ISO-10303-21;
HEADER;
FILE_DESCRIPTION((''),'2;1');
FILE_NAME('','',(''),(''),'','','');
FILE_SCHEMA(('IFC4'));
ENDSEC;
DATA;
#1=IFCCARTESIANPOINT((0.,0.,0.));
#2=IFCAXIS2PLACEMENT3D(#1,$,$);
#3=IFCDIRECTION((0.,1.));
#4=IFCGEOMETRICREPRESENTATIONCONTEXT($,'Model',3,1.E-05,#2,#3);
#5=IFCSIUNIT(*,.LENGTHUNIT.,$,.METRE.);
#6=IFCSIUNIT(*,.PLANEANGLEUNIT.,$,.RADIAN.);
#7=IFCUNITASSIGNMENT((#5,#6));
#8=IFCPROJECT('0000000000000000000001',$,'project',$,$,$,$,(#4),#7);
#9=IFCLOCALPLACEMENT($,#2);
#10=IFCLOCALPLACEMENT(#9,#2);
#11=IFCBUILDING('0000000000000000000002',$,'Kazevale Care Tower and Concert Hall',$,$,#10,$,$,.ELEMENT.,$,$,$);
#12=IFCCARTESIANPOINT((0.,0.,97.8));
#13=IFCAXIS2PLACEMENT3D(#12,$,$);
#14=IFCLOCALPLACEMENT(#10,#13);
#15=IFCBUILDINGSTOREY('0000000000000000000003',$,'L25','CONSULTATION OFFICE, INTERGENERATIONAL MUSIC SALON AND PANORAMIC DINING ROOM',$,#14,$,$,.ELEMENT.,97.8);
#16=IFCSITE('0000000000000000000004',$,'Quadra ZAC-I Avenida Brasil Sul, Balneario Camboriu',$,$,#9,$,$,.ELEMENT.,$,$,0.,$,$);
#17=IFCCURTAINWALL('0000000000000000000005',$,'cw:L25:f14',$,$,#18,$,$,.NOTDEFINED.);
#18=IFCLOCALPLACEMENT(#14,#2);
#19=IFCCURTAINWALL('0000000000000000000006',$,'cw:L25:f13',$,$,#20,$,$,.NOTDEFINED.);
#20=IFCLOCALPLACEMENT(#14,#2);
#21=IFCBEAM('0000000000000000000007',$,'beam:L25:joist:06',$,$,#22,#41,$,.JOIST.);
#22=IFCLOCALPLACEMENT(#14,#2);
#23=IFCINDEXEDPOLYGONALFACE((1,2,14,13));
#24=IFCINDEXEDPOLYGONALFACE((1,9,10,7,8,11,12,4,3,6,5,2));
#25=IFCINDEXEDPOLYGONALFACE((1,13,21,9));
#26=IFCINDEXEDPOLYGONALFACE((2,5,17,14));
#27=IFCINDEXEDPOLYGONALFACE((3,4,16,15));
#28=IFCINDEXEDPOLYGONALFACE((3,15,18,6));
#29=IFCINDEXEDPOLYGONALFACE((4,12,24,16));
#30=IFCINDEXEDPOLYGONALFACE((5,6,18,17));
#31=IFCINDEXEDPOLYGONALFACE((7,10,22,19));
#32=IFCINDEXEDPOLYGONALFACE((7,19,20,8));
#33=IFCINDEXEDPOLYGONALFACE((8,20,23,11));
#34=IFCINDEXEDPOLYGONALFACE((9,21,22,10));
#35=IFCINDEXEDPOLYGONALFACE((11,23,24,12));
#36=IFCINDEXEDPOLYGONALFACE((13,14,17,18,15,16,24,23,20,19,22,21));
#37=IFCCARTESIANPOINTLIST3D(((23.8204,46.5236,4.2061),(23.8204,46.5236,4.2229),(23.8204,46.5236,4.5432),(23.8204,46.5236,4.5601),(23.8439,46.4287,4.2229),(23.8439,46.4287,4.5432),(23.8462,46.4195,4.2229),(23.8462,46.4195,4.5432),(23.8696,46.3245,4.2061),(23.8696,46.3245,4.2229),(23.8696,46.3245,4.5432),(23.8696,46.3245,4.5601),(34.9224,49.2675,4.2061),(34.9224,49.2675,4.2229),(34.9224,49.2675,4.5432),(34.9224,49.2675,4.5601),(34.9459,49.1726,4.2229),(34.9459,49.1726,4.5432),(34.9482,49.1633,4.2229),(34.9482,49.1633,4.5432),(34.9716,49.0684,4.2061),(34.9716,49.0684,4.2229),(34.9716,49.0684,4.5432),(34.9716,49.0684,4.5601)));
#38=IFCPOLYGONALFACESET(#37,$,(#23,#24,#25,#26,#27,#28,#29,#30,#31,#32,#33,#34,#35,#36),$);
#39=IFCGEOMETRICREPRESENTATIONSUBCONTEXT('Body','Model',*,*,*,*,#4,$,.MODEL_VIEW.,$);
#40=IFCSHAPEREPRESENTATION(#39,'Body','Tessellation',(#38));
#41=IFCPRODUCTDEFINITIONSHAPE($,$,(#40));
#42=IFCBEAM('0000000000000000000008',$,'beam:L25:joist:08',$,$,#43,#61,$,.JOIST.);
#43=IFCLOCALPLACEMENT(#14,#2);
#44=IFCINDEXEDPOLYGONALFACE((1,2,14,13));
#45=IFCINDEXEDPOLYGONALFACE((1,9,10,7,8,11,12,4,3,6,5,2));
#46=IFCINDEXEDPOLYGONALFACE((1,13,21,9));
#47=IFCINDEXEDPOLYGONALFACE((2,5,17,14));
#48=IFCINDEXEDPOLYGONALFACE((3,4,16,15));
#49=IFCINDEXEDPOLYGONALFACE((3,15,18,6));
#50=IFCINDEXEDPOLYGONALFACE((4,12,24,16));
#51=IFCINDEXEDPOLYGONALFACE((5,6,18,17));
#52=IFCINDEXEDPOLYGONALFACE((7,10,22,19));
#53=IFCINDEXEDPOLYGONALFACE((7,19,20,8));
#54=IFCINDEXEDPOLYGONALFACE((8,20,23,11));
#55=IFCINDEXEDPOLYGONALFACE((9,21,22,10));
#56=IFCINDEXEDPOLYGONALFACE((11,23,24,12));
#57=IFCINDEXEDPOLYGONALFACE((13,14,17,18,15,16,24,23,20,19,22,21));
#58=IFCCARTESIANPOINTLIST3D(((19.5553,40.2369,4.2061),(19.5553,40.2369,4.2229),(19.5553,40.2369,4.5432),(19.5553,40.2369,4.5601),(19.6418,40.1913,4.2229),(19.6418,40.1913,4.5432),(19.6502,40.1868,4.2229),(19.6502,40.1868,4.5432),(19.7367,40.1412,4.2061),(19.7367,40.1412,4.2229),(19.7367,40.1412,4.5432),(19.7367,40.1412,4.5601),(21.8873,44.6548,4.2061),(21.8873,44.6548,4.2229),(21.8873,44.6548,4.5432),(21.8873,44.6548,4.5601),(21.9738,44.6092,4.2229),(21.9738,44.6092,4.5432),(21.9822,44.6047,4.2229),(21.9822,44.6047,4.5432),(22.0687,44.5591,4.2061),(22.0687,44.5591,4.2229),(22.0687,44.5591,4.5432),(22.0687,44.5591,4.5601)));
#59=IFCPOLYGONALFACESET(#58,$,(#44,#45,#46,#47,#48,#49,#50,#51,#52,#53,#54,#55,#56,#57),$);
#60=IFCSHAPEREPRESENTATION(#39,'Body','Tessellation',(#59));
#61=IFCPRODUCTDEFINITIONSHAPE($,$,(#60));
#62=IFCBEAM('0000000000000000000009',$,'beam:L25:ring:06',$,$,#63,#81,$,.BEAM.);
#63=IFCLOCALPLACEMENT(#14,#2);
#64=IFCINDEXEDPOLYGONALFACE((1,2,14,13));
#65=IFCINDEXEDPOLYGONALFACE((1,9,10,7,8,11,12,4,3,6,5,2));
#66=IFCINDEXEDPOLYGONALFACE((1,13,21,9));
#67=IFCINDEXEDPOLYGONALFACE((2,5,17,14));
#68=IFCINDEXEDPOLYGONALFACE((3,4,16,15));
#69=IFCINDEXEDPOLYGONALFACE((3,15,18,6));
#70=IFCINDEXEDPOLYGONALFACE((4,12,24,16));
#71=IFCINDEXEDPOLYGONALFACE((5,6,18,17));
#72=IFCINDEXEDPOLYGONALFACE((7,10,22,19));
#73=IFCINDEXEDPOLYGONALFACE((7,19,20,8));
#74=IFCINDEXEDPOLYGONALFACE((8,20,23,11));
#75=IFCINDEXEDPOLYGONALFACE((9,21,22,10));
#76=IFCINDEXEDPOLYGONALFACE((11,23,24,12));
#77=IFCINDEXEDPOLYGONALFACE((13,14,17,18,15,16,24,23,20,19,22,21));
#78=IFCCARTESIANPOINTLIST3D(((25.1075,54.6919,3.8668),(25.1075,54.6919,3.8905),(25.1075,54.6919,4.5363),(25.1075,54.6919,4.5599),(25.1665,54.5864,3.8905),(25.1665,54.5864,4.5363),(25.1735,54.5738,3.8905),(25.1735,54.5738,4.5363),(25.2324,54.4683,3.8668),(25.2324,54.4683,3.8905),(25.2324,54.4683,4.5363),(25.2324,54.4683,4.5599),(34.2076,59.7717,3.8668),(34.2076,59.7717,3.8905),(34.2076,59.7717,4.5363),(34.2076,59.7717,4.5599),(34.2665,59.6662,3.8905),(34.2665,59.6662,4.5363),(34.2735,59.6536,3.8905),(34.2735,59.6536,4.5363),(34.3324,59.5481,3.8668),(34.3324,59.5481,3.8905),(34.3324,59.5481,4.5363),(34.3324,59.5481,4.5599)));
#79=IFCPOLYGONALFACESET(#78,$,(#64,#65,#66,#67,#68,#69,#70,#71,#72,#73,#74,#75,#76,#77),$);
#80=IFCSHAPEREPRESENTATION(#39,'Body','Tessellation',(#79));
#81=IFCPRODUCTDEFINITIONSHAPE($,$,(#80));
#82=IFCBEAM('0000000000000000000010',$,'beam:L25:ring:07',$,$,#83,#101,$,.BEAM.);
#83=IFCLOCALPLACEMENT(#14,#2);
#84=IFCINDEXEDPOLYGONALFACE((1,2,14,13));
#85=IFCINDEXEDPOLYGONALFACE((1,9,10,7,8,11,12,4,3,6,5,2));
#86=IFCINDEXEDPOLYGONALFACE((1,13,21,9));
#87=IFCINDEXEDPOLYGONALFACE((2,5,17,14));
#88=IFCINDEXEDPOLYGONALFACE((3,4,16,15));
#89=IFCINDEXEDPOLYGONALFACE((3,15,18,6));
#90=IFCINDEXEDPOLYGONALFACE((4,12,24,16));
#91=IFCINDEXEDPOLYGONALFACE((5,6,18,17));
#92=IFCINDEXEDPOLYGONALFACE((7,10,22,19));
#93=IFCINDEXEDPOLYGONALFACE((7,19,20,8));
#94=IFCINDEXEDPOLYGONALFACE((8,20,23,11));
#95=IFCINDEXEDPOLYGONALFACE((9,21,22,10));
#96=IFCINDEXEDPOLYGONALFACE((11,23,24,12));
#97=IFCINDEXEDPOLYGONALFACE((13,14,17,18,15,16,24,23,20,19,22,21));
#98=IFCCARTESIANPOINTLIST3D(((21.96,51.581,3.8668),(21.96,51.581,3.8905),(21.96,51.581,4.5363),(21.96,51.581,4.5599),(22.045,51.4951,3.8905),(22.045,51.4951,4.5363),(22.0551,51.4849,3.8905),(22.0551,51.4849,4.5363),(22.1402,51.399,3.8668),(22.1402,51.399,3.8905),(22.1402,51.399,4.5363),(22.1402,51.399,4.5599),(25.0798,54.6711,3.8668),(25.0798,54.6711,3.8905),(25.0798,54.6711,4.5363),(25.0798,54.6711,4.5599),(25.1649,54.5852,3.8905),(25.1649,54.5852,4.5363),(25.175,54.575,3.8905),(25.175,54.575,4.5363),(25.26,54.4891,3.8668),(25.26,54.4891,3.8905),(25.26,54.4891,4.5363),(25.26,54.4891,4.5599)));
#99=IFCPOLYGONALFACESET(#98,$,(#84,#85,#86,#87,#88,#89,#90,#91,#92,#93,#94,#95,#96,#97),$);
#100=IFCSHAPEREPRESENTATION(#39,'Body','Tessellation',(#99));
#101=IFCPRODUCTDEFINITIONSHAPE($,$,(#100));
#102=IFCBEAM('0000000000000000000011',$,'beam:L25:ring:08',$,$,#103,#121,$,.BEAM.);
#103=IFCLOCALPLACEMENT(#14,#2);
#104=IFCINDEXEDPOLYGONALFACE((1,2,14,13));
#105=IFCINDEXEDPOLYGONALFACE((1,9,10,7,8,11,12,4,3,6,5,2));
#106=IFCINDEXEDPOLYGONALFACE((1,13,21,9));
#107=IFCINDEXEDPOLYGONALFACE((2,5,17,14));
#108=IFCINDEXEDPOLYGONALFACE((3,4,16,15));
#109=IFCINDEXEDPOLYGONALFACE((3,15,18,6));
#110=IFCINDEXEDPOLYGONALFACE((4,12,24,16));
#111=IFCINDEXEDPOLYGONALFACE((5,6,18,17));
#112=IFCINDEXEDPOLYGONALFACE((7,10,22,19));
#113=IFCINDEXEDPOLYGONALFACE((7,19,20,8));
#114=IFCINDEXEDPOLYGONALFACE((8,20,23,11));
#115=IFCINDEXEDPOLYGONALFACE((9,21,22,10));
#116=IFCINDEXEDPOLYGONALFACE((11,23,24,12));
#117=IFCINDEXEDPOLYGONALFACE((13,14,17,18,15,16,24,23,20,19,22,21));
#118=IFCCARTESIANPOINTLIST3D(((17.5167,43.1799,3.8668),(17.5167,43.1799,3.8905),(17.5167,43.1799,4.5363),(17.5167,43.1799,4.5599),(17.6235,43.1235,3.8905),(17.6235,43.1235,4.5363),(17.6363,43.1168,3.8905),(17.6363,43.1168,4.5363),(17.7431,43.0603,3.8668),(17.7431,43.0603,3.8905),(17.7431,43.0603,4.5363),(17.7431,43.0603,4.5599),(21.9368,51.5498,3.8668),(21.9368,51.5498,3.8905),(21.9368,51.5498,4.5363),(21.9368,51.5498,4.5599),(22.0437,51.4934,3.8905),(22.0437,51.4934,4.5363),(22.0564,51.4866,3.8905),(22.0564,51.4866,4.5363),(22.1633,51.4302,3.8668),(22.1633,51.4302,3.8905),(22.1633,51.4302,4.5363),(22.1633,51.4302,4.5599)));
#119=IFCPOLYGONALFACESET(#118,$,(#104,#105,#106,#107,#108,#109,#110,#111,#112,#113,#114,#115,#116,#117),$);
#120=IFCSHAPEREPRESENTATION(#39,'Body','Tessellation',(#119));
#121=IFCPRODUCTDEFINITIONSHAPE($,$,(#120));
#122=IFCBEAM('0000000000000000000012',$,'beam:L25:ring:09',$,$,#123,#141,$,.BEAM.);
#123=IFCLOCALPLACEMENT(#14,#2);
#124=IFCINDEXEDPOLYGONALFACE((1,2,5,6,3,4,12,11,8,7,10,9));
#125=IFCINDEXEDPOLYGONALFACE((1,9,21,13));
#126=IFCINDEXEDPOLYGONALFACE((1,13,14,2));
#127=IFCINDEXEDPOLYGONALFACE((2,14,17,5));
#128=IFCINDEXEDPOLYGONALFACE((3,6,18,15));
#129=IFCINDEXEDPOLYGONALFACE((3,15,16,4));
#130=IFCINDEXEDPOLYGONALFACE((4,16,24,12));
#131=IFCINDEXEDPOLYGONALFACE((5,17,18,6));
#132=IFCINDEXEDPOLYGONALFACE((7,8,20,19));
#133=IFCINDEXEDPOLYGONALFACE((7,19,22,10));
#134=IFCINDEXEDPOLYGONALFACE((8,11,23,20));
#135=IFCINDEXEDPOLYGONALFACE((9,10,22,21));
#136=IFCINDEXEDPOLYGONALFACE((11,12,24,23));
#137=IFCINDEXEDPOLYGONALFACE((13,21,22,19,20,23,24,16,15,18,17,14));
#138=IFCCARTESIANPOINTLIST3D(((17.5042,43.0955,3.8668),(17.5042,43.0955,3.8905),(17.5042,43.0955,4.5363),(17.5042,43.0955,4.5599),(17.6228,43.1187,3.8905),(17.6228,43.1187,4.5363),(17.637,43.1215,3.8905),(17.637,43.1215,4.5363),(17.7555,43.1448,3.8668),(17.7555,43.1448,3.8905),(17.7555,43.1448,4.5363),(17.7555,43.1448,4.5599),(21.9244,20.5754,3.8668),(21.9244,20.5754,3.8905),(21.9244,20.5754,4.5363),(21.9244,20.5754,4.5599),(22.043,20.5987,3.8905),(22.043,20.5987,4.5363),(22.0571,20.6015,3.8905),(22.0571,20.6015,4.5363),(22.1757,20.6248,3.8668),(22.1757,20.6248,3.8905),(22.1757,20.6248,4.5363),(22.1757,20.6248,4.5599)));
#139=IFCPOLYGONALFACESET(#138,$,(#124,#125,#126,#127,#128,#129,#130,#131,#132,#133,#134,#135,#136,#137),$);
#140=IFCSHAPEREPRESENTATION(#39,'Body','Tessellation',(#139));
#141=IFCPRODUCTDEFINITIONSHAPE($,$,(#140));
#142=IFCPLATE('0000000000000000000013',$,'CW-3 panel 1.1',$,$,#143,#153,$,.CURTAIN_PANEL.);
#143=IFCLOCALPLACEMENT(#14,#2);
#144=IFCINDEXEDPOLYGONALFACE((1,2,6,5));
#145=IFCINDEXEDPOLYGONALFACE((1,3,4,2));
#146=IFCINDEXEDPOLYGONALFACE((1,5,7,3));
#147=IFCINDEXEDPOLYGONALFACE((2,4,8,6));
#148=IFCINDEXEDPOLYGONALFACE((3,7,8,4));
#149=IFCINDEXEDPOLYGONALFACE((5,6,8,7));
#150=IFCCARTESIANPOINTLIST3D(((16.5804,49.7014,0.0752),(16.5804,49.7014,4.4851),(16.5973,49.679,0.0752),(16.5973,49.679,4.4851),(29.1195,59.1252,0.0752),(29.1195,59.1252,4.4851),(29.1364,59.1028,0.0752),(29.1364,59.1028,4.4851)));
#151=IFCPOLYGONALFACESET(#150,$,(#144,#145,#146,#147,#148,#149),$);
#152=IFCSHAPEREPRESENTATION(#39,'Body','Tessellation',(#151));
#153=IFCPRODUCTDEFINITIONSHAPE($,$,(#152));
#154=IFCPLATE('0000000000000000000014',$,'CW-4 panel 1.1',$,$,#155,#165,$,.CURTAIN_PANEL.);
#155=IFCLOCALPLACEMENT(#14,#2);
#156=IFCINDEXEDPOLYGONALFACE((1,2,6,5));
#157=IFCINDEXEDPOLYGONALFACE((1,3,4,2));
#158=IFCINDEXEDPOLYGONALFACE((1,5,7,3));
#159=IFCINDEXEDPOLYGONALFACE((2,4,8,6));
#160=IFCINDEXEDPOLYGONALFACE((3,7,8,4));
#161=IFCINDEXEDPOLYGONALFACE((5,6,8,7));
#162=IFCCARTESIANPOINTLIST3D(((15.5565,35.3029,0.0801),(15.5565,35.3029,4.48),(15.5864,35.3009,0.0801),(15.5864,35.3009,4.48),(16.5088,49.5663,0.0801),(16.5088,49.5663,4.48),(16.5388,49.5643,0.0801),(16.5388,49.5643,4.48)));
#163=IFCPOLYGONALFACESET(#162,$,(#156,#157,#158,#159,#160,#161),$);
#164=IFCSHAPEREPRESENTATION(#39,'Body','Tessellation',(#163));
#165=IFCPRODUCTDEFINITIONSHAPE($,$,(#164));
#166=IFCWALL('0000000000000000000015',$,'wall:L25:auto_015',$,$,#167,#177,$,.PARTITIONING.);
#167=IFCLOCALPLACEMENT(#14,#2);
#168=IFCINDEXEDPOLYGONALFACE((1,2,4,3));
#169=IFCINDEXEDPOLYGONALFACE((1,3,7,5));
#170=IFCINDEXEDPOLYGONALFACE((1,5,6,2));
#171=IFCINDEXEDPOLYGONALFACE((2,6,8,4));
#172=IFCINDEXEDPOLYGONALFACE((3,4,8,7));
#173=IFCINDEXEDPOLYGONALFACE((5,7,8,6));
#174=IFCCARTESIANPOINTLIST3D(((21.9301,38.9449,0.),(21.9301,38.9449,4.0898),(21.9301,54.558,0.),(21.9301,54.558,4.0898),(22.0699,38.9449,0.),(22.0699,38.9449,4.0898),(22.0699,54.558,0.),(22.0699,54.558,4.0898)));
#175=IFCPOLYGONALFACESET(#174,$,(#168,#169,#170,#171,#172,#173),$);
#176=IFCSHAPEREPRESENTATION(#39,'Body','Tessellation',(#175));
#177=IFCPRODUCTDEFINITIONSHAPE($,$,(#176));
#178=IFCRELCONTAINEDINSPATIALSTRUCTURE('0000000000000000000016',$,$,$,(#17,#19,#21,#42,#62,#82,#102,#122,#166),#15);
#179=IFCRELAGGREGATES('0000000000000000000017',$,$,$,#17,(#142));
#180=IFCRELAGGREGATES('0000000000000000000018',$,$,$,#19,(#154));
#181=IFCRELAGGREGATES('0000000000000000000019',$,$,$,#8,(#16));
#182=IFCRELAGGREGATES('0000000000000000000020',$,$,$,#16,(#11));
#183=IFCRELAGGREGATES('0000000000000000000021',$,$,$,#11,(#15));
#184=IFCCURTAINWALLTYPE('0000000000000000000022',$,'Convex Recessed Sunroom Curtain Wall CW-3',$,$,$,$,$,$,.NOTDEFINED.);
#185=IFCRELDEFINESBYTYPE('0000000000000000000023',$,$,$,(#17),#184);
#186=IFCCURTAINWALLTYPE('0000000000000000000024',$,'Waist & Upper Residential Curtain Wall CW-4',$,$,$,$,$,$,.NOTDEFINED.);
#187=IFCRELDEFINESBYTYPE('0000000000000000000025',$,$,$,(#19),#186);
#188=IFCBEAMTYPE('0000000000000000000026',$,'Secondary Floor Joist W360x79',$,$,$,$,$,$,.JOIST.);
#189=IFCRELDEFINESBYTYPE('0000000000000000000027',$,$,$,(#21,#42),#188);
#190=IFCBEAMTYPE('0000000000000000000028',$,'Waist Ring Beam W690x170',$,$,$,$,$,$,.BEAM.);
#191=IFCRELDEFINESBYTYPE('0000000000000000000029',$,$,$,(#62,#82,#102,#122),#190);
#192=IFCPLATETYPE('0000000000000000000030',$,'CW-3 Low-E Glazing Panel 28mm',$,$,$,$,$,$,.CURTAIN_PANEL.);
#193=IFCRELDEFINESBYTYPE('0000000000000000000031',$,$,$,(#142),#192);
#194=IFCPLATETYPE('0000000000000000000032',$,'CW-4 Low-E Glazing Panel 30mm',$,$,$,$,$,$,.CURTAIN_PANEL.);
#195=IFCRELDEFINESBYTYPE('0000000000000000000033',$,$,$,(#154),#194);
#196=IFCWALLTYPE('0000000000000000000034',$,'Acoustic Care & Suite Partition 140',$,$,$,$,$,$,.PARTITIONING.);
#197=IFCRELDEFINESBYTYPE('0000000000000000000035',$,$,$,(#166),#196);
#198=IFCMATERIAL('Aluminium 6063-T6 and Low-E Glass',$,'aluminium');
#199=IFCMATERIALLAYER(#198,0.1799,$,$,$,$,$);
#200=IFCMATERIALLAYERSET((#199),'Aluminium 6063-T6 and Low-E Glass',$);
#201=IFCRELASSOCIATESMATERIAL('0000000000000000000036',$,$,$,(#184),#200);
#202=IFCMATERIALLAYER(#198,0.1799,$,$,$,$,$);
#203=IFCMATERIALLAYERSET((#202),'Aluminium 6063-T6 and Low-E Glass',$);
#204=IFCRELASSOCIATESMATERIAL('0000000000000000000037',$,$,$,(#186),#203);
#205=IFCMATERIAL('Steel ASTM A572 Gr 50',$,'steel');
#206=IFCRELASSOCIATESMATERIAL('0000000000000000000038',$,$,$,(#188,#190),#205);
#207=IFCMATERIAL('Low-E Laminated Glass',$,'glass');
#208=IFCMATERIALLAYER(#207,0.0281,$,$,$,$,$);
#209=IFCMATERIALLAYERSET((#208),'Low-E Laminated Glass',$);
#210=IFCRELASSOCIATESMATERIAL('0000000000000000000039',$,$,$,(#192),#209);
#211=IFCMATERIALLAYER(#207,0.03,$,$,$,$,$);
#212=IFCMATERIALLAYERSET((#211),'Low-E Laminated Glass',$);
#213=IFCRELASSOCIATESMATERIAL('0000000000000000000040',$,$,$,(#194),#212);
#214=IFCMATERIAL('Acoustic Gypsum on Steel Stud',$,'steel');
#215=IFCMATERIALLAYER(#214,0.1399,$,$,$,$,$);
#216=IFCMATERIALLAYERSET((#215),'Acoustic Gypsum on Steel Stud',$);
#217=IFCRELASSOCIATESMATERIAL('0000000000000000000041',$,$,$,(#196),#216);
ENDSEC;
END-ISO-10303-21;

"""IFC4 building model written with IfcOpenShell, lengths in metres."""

from ifc_helpers import new_model, si_unit, direction, frame, frame_2d, origin, origin_2d, place, context, subcontext, project, spatial, rectangle, i_section, extrude, material, layer, layer_set, material_profile, profile_set, type_object, element, aggregate, save


model = new_model("IFC4")

# Units and contexts
model_context = context("Model", 3, precision=1e-05, world=origin(), true_north=direction((0.0, 1.0)))
body_context = subcontext(model_context, "Body", "Model", "MODEL_VIEW")
ifc_project = project(units=[si_unit("LENGTHUNIT", "METRE"), si_unit("PLANEANGLEUNIT", "RADIAN")], contexts=[model_context])

# Site, building, storey
site_placement = place(None, origin())
site = spatial("IfcSite", under=ifc_project, at=site_placement, Name="Quadra ZAC-I Avenida Brasil Sul, Balneario Camboriu", CompositionType="ELEMENT", RefElevation=0.0)
building_placement = place(site_placement, origin())
building = spatial("IfcBuilding", under=site, at=building_placement, Name="Kazevale Care Tower and Concert Hall", CompositionType="ELEMENT")
storey_placement = place(building_placement, frame((0.0, 0.0, 97.8)))
storey = spatial("IfcBuildingStorey", under=building, at=storey_placement, Name="L25", Description="CONSULTATION OFFICE, INTERGENERATIONAL MUSIC SALON AND PANORAMIC DINING ROOM", CompositionType="ELEMENT", Elevation=97.8)

# Curtain wall
ifc_material_1 = material(Name="Aluminium 6063-T6 and Low-E Glass", Category="aluminium")
ifc_layer_1 = layer(ifc_material_1, 0.1799)
ifc_layer_set_1 = layer_set([ifc_layer_1], Name="Aluminium 6063-T6 and Low-E Glass")
curtain_wall_type_1 = type_object("IfcCurtainWallType", Name="Convex Recessed Sunroom Curtain Wall CW-3", PredefinedType="NOTDEFINED", material=ifc_layer_set_1)
curtain_wall_1_placement = place(storey_placement, origin())
curtain_wall_1 = element("IfcCurtainWall", 1, at=curtain_wall_1_placement, inside=storey, type_object=curtain_wall_type_1, Name="cw:L25:f14", PredefinedType="NOTDEFINED")

# Curtain wall
ifc_layer_2 = layer(ifc_material_1, 0.1799)
ifc_layer_set_2 = layer_set([ifc_layer_2], Name="Aluminium 6063-T6 and Low-E Glass")
curtain_wall_type_2 = type_object("IfcCurtainWallType", Name="Waist & Upper Residential Curtain Wall CW-4", PredefinedType="NOTDEFINED", material=ifc_layer_set_2)
curtain_wall_2_placement = place(storey_placement, origin())
curtain_wall_2 = element("IfcCurtainWall", 2, at=curtain_wall_2_placement, inside=storey, type_object=curtain_wall_type_2, Name="cw:L25:f13", PredefinedType="NOTDEFINED")

# Beams
ifc_material_2 = material(Name="Steel ASTM A572 Gr 50", Category="steel")
ifc_material_profile_1 = material_profile(ifc_material_2, i_section(OverallWidth=0.2051, OverallDepth=0.354, WebThickness=0.0095, FlangeThickness=0.0168, at=origin_2d()), Name="W360x79")
ifc_profile_set_1 = profile_set([ifc_material_profile_1], Name="Steel ASTM A572 Gr 50")
beam_type_1 = type_object("IfcBeamType", Name="Secondary Floor Joist W360x79", PredefinedType="JOIST", material=ifc_profile_set_1)
beam_1_placement = place(storey_placement, frame((34.947, 49.168, 4.3831), z_axis=(-0.97079, -0.239933, 0.0), x_axis=(0.239933, -0.97079, 0.0)))
element("IfcBeam", 3, at=beam_1_placement, inside=storey, type_object=beam_type_1, Name="beam:L25:joist:06", PredefinedType="JOIST", context=body_context, shape_type="SweptSolid", body=[
    extrude(i_section(OverallWidth=0.2051, OverallDepth=0.354, WebThickness=0.0095, FlangeThickness=0.0168, at=origin_2d()), origin(), (0.0, 0.0, 1.0), 11.436),
])
beam_2_placement = place(storey_placement, frame((21.978, 44.6069, 4.3831), z_axis=(-0.46681, -0.884358, 0.0), x_axis=(0.884358, -0.46681, 0.0)))
element("IfcBeam", 4, at=beam_2_placement, inside=storey, type_object=beam_type_1, Name="beam:L25:joist:08", PredefinedType="JOIST", context=body_context, shape_type="SweptSolid", body=[
    extrude(i_section(OverallWidth=0.2051, OverallDepth=0.354, WebThickness=0.0095, FlangeThickness=0.0168, at=origin_2d()), origin(), (0.0, 0.0, 1.0), 4.9956),
])
ifc_material_profile_2 = material_profile(ifc_material_2, i_section(OverallWidth=0.2561, OverallDepth=0.6931, WebThickness=0.0144, FlangeThickness=0.0237, at=origin_2d()), Name="W690x170")
ifc_profile_set_2 = profile_set([ifc_material_profile_2], Name="Steel ASTM A572 Gr 50")
beam_type_2 = type_object("IfcBeamType", Name="Waist Ring Beam W690x170", PredefinedType="BEAM", material=ifc_profile_set_2)
beam_3_placement = place(storey_placement, frame((34.27, 59.6599, 4.2134), z_axis=(-0.873169, -0.487418, 0.0), x_axis=(0.487418, -0.873169, 0.0)))
element("IfcBeam", 5, at=beam_3_placement, inside=storey, type_object=beam_type_2, Name="beam:L25:ring:06", PredefinedType="BEAM", context=body_context, shape_type="SweptSolid", body=[
    extrude(i_section(OverallWidth=0.2561, OverallDepth=0.6931, WebThickness=0.0144, FlangeThickness=0.0237, at=origin_2d()), origin(), (0.0, 0.0, 1.0), 10.4219),
])
beam_4_placement = place(storey_placement, frame((25.1699, 54.5801, 4.2134), z_axis=(-0.71049, -0.703707, 0.0), x_axis=(0.703707, -0.71049, 0.0)))
element("IfcBeam", 6, at=beam_4_placement, inside=storey, type_object=beam_type_2, Name="beam:L25:ring:07", PredefinedType="BEAM", context=body_context, shape_type="SweptSolid", body=[
    extrude(i_section(OverallWidth=0.2561, OverallDepth=0.6931, WebThickness=0.0144, FlangeThickness=0.0237, at=origin_2d()), origin(), (0.0, 0.0, 1.0), 4.3911),
])
beam_5_placement = place(storey_placement, frame((22.05, 51.49, 4.2134), z_axis=(-0.466984, -0.884266, 0.0), x_axis=(0.884266, -0.466984, 0.0)))
element("IfcBeam", 7, at=beam_5_placement, inside=storey, type_object=beam_type_2, Name="beam:L25:ring:08", PredefinedType="BEAM", context=body_context, shape_type="SweptSolid", body=[
    extrude(i_section(OverallWidth=0.2561, OverallDepth=0.6931, WebThickness=0.0144, FlangeThickness=0.0237, at=origin_2d()), origin(), (0.0, 0.0, 1.0), 9.4653),
])
beam_6_placement = place(storey_placement, frame((17.6299, 43.1201, 4.2134), z_axis=(0.192602, -0.981277, 0.0), x_axis=(0.981277, 0.192602, 0.0)))
element("IfcBeam", 8, at=beam_6_placement, inside=storey, type_object=beam_type_2, Name="beam:L25:ring:09", PredefinedType="BEAM", context=body_context, shape_type="SweptSolid", body=[
    extrude(i_section(OverallWidth=0.2561, OverallDepth=0.6931, WebThickness=0.0144, FlangeThickness=0.0237, at=origin_2d()), origin(), (0.0, 0.0, 1.0), 22.9497),
])

# Plates
ifc_material_3 = material(Name="Low-E Laminated Glass", Category="glass")
ifc_layer_3 = layer(ifc_material_3, 0.0281)
ifc_layer_set_3 = layer_set([ifc_layer_3], Name="Low-E Laminated Glass")
plate_type_1 = type_object("IfcPlateType", Name="CW-3 Low-E Glazing Panel 28mm", PredefinedType="CURTAIN_PANEL", material=ifc_layer_set_3)
plate_1_placement = place(storey_placement, frame((22.8584, 54.4021, 0.0752), z_axis=(0.0, 0.0, 1.0), x_axis=(0.799401, 0.600798, 0.0)))
plate_1 = element("IfcPlate", 9, at=plate_1_placement, type_object=plate_type_1, Name="CW-3 panel 1.1", PredefinedType="CURTAIN_PANEL", context=body_context, shape_type="SweptSolid", body=[
    extrude(rectangle(XDim=15.6855, YDim=0.0281, at=origin_2d()), origin(), (0.0, 0.0, 1.0), 4.4099),
])
aggregate(curtain_wall_1, [plate_1])
ifc_layer_4 = layer(ifc_material_3, 0.03)
ifc_layer_set_4 = layer_set([ifc_layer_4], Name="Low-E Laminated Glass")
plate_type_2 = type_object("IfcPlateType", Name="CW-4 Low-E Glazing Panel 30mm", PredefinedType="CURTAIN_PANEL", material=ifc_layer_set_4)
plate_2_placement = place(storey_placement, frame((16.0476, 42.4336, 0.0801), z_axis=(0.0, 0.0, 1.0), x_axis=(0.06662, 0.997778, 0.0)))
plate_2 = element("IfcPlate", 10, at=plate_2_placement, type_object=plate_type_2, Name="CW-4 panel 1.1", PredefinedType="CURTAIN_PANEL", context=body_context, shape_type="SweptSolid", body=[
    extrude(rectangle(XDim=14.2952, YDim=0.03, at=origin_2d()), origin(), (0.0, 0.0, 1.0), 4.3999),
])
aggregate(curtain_wall_2, [plate_2])

# Wall
ifc_material_4 = material(Name="Acoustic Gypsum on Steel Stud", Category="steel")
ifc_layer_5 = layer(ifc_material_4, 0.1399)
ifc_layer_set_5 = layer_set([ifc_layer_5], Name="Acoustic Gypsum on Steel Stud")
wall_type_1 = type_object("IfcWallType", Name="Acoustic Care & Suite Partition 140", PredefinedType="PARTITIONING", material=ifc_layer_set_5)
wall_1_placement = place(storey_placement, frame((22.0, 54.5581, 0.0), z_axis=(0.0, 0.0, 1.0), x_axis=(0.0, -1.0, 0.0)))
element("IfcWall", 11, at=wall_1_placement, inside=storey, type_object=wall_type_1, Name="wall:L25:auto_015", PredefinedType="PARTITIONING", context=body_context, shape_type="SweptSolid", body=[
    extrude(rectangle(XDim=15.613, YDim=0.1399, at=frame_2d((7.8066, 0.0))), origin(), (0.0, 0.0, 1.0), 4.0898),
])

save(model, "model.ifc")
